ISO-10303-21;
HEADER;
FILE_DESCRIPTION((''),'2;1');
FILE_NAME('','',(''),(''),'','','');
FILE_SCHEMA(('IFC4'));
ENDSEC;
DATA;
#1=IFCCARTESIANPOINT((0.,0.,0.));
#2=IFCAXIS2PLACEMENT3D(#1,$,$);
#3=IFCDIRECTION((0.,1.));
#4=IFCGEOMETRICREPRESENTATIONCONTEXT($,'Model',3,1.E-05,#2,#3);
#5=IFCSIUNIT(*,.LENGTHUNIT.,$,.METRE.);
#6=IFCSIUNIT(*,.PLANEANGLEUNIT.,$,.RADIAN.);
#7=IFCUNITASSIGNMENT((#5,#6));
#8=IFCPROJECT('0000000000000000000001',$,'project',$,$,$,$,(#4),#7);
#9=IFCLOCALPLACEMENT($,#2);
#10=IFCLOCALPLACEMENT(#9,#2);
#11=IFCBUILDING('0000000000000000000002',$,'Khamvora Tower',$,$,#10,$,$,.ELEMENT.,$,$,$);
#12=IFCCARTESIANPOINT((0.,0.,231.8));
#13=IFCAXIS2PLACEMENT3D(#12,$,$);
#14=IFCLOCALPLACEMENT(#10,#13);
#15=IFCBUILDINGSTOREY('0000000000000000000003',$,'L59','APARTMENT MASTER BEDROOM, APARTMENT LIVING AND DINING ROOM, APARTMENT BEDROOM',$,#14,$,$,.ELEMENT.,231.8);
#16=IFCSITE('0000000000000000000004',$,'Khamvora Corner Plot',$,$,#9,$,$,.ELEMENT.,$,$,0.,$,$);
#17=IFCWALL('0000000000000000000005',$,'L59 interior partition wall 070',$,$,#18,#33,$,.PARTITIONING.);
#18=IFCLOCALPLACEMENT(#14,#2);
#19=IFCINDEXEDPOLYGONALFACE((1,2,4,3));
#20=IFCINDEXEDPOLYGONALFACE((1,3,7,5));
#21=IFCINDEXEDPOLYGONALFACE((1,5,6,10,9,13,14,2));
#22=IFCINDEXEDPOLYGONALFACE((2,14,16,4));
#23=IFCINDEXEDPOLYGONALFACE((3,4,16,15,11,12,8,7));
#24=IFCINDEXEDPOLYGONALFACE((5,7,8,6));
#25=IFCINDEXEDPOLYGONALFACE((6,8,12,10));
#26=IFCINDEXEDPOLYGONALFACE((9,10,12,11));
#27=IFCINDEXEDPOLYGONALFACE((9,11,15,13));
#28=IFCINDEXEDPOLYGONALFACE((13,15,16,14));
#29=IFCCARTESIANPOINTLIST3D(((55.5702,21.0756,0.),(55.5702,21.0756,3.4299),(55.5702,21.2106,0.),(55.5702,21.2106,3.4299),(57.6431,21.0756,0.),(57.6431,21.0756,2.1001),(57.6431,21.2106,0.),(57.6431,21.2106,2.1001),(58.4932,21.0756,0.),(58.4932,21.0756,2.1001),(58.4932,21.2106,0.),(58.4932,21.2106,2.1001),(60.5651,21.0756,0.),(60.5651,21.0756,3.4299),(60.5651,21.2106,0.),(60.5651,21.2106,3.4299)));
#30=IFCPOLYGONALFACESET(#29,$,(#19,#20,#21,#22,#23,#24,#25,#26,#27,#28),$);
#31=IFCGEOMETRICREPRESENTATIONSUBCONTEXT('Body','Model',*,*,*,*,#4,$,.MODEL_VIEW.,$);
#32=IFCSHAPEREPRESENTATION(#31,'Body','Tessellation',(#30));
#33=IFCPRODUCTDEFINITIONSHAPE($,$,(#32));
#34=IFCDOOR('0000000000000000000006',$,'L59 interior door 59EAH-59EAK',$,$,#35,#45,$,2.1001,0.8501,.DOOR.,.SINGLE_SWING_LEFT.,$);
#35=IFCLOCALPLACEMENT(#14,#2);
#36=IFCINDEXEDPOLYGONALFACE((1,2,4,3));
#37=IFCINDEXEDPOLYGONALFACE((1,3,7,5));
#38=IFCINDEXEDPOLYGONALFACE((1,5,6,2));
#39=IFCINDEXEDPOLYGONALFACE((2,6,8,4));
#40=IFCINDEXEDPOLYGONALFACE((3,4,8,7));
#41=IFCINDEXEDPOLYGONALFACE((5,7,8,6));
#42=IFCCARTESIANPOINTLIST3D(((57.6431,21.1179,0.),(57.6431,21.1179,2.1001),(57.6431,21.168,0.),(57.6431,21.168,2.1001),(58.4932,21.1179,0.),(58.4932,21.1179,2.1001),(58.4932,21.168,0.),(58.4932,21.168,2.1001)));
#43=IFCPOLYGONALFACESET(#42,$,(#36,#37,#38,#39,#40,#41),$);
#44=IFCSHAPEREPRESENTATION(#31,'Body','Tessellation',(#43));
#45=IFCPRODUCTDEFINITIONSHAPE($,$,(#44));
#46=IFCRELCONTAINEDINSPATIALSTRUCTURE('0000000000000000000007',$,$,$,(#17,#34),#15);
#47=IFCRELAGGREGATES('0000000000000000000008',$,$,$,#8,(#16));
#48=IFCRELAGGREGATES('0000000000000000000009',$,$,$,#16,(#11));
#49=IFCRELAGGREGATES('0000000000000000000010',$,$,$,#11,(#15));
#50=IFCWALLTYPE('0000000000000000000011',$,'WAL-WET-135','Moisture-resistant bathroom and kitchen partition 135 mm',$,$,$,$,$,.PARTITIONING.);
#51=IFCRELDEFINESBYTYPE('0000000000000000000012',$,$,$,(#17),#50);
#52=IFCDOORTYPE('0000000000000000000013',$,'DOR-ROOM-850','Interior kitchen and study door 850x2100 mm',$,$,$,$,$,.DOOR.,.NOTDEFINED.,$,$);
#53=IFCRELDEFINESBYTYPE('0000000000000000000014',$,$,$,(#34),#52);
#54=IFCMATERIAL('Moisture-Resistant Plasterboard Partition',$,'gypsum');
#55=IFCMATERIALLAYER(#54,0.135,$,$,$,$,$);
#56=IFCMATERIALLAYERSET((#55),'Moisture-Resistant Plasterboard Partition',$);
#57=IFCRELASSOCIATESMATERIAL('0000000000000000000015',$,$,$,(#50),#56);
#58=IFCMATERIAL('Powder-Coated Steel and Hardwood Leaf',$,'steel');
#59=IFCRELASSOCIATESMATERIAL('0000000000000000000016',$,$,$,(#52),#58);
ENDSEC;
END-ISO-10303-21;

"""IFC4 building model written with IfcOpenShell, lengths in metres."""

from ifc_helpers import new_model, si_unit, direction, frame, frame_2d, origin, place, context, subcontext, project, spatial, rectangle, extrude, material, layer, layer_set, type_object, element, fill, save


model = new_model("IFC4")

# Units and contexts
model_context = context("Model", 3, precision=1e-05, world=origin(), true_north=direction((0.0, 1.0)))
body_context = subcontext(model_context, "Body", "Model", "MODEL_VIEW")
ifc_project = project(units=[si_unit("LENGTHUNIT", "METRE"), si_unit("PLANEANGLEUNIT", "RADIAN")], contexts=[model_context])

# Site, building, storey
site_placement = place(None, origin())
site = spatial("IfcSite", under=ifc_project, at=site_placement, Name="Khamvora Corner Plot", CompositionType="ELEMENT", RefElevation=0.0)
building_placement = place(site_placement, origin())
building = spatial("IfcBuilding", under=site, at=building_placement, Name="Khamvora Tower", CompositionType="ELEMENT")
storey_placement = place(building_placement, frame((0.0, 0.0, 231.8)))
storey = spatial("IfcBuildingStorey", under=building, at=storey_placement, Name="L59", Description="APARTMENT MASTER BEDROOM, APARTMENT LIVING AND DINING ROOM, APARTMENT BEDROOM", CompositionType="ELEMENT", Elevation=231.8)

# Shared definitions
ifc_material_1 = material(Name="Powder-Coated Steel and Hardwood Leaf", Category="steel")

# Shared definitions
ifc_material_2 = material(Name="Moisture-Resistant Plasterboard Partition", Category="gypsum")
ifc_layer_1 = layer(ifc_material_2, 0.135)
ifc_layer_set_1 = layer_set([ifc_layer_1], Name="Moisture-Resistant Plasterboard Partition")
wall_type_1 = type_object("IfcWallType", Name="WAL-WET-135", Description="Moisture-resistant bathroom and kitchen partition 135 mm", PredefinedType="PARTITIONING", material=ifc_layer_set_1)

# Wall, opening, door
wall_1_placement = place(storey_placement, frame((55.5701, 21.1431, 0.0), z_axis=(0.0, 0.0, 1.0), x_axis=(1.0, 0.0, 0.0)))
wall_1 = element("IfcWall", 1, at=wall_1_placement, inside=storey, type_object=wall_type_1, Name="L59 interior partition wall 070", PredefinedType="PARTITIONING", context=body_context, shape_type="SweptSolid", body=[
    extrude(rectangle(XDim=4.9949, YDim=0.135, at=frame_2d((2.4976, 0.0))), origin(), (0.0, 0.0, 1.0), 3.4299),
])
opening_1_placement = place(wall_1_placement, frame((2.073, 0.0, 0.0)))
opening_1 = element("IfcOpeningElement", 2, at=opening_1_placement, cuts=wall_1, PredefinedType="OPENING", context=body_context, shape_type="SweptSolid", body=[
    extrude(rectangle(XDim=0.8501, YDim=2.1001, at=frame_2d((0.425, 1.05))), frame((0.0, 0.0774, 0.0), z_axis=(0.0, -1.0, 0.0), x_axis=(1.0, 0.0, 0.0)), (0.0, 0.0, 1.0), 0.155),
])
door_type_1 = type_object("IfcDoorType", Name="DOR-ROOM-850", Description="Interior kitchen and study door 850x2100 mm", OperationType="NOTDEFINED", PredefinedType="DOOR", material=ifc_material_1)
door_1_placement = place(opening_1_placement, origin())
door_1 = element("IfcDoor", 3, at=door_1_placement, inside=storey, type_object=door_type_1, Name="L59 interior door 59EAH-59EAK", OperationType="SINGLE_SWING_LEFT", OverallHeight=2.1001, OverallWidth=0.8501, PredefinedType="DOOR", context=body_context, shape_type="SweptSolid", body=[
    extrude(rectangle(XDim=0.8501, YDim=2.1001, at=frame_2d((0.425, 1.05))), frame((0.0, 0.0249, 0.0), z_axis=(0.0, -1.0, 0.0), x_axis=(1.0, 0.0, 0.0)), (0.0, 0.0, 1.0), 0.05),
])
fill(opening_1, door_1)

save(model, "model.ifc")
